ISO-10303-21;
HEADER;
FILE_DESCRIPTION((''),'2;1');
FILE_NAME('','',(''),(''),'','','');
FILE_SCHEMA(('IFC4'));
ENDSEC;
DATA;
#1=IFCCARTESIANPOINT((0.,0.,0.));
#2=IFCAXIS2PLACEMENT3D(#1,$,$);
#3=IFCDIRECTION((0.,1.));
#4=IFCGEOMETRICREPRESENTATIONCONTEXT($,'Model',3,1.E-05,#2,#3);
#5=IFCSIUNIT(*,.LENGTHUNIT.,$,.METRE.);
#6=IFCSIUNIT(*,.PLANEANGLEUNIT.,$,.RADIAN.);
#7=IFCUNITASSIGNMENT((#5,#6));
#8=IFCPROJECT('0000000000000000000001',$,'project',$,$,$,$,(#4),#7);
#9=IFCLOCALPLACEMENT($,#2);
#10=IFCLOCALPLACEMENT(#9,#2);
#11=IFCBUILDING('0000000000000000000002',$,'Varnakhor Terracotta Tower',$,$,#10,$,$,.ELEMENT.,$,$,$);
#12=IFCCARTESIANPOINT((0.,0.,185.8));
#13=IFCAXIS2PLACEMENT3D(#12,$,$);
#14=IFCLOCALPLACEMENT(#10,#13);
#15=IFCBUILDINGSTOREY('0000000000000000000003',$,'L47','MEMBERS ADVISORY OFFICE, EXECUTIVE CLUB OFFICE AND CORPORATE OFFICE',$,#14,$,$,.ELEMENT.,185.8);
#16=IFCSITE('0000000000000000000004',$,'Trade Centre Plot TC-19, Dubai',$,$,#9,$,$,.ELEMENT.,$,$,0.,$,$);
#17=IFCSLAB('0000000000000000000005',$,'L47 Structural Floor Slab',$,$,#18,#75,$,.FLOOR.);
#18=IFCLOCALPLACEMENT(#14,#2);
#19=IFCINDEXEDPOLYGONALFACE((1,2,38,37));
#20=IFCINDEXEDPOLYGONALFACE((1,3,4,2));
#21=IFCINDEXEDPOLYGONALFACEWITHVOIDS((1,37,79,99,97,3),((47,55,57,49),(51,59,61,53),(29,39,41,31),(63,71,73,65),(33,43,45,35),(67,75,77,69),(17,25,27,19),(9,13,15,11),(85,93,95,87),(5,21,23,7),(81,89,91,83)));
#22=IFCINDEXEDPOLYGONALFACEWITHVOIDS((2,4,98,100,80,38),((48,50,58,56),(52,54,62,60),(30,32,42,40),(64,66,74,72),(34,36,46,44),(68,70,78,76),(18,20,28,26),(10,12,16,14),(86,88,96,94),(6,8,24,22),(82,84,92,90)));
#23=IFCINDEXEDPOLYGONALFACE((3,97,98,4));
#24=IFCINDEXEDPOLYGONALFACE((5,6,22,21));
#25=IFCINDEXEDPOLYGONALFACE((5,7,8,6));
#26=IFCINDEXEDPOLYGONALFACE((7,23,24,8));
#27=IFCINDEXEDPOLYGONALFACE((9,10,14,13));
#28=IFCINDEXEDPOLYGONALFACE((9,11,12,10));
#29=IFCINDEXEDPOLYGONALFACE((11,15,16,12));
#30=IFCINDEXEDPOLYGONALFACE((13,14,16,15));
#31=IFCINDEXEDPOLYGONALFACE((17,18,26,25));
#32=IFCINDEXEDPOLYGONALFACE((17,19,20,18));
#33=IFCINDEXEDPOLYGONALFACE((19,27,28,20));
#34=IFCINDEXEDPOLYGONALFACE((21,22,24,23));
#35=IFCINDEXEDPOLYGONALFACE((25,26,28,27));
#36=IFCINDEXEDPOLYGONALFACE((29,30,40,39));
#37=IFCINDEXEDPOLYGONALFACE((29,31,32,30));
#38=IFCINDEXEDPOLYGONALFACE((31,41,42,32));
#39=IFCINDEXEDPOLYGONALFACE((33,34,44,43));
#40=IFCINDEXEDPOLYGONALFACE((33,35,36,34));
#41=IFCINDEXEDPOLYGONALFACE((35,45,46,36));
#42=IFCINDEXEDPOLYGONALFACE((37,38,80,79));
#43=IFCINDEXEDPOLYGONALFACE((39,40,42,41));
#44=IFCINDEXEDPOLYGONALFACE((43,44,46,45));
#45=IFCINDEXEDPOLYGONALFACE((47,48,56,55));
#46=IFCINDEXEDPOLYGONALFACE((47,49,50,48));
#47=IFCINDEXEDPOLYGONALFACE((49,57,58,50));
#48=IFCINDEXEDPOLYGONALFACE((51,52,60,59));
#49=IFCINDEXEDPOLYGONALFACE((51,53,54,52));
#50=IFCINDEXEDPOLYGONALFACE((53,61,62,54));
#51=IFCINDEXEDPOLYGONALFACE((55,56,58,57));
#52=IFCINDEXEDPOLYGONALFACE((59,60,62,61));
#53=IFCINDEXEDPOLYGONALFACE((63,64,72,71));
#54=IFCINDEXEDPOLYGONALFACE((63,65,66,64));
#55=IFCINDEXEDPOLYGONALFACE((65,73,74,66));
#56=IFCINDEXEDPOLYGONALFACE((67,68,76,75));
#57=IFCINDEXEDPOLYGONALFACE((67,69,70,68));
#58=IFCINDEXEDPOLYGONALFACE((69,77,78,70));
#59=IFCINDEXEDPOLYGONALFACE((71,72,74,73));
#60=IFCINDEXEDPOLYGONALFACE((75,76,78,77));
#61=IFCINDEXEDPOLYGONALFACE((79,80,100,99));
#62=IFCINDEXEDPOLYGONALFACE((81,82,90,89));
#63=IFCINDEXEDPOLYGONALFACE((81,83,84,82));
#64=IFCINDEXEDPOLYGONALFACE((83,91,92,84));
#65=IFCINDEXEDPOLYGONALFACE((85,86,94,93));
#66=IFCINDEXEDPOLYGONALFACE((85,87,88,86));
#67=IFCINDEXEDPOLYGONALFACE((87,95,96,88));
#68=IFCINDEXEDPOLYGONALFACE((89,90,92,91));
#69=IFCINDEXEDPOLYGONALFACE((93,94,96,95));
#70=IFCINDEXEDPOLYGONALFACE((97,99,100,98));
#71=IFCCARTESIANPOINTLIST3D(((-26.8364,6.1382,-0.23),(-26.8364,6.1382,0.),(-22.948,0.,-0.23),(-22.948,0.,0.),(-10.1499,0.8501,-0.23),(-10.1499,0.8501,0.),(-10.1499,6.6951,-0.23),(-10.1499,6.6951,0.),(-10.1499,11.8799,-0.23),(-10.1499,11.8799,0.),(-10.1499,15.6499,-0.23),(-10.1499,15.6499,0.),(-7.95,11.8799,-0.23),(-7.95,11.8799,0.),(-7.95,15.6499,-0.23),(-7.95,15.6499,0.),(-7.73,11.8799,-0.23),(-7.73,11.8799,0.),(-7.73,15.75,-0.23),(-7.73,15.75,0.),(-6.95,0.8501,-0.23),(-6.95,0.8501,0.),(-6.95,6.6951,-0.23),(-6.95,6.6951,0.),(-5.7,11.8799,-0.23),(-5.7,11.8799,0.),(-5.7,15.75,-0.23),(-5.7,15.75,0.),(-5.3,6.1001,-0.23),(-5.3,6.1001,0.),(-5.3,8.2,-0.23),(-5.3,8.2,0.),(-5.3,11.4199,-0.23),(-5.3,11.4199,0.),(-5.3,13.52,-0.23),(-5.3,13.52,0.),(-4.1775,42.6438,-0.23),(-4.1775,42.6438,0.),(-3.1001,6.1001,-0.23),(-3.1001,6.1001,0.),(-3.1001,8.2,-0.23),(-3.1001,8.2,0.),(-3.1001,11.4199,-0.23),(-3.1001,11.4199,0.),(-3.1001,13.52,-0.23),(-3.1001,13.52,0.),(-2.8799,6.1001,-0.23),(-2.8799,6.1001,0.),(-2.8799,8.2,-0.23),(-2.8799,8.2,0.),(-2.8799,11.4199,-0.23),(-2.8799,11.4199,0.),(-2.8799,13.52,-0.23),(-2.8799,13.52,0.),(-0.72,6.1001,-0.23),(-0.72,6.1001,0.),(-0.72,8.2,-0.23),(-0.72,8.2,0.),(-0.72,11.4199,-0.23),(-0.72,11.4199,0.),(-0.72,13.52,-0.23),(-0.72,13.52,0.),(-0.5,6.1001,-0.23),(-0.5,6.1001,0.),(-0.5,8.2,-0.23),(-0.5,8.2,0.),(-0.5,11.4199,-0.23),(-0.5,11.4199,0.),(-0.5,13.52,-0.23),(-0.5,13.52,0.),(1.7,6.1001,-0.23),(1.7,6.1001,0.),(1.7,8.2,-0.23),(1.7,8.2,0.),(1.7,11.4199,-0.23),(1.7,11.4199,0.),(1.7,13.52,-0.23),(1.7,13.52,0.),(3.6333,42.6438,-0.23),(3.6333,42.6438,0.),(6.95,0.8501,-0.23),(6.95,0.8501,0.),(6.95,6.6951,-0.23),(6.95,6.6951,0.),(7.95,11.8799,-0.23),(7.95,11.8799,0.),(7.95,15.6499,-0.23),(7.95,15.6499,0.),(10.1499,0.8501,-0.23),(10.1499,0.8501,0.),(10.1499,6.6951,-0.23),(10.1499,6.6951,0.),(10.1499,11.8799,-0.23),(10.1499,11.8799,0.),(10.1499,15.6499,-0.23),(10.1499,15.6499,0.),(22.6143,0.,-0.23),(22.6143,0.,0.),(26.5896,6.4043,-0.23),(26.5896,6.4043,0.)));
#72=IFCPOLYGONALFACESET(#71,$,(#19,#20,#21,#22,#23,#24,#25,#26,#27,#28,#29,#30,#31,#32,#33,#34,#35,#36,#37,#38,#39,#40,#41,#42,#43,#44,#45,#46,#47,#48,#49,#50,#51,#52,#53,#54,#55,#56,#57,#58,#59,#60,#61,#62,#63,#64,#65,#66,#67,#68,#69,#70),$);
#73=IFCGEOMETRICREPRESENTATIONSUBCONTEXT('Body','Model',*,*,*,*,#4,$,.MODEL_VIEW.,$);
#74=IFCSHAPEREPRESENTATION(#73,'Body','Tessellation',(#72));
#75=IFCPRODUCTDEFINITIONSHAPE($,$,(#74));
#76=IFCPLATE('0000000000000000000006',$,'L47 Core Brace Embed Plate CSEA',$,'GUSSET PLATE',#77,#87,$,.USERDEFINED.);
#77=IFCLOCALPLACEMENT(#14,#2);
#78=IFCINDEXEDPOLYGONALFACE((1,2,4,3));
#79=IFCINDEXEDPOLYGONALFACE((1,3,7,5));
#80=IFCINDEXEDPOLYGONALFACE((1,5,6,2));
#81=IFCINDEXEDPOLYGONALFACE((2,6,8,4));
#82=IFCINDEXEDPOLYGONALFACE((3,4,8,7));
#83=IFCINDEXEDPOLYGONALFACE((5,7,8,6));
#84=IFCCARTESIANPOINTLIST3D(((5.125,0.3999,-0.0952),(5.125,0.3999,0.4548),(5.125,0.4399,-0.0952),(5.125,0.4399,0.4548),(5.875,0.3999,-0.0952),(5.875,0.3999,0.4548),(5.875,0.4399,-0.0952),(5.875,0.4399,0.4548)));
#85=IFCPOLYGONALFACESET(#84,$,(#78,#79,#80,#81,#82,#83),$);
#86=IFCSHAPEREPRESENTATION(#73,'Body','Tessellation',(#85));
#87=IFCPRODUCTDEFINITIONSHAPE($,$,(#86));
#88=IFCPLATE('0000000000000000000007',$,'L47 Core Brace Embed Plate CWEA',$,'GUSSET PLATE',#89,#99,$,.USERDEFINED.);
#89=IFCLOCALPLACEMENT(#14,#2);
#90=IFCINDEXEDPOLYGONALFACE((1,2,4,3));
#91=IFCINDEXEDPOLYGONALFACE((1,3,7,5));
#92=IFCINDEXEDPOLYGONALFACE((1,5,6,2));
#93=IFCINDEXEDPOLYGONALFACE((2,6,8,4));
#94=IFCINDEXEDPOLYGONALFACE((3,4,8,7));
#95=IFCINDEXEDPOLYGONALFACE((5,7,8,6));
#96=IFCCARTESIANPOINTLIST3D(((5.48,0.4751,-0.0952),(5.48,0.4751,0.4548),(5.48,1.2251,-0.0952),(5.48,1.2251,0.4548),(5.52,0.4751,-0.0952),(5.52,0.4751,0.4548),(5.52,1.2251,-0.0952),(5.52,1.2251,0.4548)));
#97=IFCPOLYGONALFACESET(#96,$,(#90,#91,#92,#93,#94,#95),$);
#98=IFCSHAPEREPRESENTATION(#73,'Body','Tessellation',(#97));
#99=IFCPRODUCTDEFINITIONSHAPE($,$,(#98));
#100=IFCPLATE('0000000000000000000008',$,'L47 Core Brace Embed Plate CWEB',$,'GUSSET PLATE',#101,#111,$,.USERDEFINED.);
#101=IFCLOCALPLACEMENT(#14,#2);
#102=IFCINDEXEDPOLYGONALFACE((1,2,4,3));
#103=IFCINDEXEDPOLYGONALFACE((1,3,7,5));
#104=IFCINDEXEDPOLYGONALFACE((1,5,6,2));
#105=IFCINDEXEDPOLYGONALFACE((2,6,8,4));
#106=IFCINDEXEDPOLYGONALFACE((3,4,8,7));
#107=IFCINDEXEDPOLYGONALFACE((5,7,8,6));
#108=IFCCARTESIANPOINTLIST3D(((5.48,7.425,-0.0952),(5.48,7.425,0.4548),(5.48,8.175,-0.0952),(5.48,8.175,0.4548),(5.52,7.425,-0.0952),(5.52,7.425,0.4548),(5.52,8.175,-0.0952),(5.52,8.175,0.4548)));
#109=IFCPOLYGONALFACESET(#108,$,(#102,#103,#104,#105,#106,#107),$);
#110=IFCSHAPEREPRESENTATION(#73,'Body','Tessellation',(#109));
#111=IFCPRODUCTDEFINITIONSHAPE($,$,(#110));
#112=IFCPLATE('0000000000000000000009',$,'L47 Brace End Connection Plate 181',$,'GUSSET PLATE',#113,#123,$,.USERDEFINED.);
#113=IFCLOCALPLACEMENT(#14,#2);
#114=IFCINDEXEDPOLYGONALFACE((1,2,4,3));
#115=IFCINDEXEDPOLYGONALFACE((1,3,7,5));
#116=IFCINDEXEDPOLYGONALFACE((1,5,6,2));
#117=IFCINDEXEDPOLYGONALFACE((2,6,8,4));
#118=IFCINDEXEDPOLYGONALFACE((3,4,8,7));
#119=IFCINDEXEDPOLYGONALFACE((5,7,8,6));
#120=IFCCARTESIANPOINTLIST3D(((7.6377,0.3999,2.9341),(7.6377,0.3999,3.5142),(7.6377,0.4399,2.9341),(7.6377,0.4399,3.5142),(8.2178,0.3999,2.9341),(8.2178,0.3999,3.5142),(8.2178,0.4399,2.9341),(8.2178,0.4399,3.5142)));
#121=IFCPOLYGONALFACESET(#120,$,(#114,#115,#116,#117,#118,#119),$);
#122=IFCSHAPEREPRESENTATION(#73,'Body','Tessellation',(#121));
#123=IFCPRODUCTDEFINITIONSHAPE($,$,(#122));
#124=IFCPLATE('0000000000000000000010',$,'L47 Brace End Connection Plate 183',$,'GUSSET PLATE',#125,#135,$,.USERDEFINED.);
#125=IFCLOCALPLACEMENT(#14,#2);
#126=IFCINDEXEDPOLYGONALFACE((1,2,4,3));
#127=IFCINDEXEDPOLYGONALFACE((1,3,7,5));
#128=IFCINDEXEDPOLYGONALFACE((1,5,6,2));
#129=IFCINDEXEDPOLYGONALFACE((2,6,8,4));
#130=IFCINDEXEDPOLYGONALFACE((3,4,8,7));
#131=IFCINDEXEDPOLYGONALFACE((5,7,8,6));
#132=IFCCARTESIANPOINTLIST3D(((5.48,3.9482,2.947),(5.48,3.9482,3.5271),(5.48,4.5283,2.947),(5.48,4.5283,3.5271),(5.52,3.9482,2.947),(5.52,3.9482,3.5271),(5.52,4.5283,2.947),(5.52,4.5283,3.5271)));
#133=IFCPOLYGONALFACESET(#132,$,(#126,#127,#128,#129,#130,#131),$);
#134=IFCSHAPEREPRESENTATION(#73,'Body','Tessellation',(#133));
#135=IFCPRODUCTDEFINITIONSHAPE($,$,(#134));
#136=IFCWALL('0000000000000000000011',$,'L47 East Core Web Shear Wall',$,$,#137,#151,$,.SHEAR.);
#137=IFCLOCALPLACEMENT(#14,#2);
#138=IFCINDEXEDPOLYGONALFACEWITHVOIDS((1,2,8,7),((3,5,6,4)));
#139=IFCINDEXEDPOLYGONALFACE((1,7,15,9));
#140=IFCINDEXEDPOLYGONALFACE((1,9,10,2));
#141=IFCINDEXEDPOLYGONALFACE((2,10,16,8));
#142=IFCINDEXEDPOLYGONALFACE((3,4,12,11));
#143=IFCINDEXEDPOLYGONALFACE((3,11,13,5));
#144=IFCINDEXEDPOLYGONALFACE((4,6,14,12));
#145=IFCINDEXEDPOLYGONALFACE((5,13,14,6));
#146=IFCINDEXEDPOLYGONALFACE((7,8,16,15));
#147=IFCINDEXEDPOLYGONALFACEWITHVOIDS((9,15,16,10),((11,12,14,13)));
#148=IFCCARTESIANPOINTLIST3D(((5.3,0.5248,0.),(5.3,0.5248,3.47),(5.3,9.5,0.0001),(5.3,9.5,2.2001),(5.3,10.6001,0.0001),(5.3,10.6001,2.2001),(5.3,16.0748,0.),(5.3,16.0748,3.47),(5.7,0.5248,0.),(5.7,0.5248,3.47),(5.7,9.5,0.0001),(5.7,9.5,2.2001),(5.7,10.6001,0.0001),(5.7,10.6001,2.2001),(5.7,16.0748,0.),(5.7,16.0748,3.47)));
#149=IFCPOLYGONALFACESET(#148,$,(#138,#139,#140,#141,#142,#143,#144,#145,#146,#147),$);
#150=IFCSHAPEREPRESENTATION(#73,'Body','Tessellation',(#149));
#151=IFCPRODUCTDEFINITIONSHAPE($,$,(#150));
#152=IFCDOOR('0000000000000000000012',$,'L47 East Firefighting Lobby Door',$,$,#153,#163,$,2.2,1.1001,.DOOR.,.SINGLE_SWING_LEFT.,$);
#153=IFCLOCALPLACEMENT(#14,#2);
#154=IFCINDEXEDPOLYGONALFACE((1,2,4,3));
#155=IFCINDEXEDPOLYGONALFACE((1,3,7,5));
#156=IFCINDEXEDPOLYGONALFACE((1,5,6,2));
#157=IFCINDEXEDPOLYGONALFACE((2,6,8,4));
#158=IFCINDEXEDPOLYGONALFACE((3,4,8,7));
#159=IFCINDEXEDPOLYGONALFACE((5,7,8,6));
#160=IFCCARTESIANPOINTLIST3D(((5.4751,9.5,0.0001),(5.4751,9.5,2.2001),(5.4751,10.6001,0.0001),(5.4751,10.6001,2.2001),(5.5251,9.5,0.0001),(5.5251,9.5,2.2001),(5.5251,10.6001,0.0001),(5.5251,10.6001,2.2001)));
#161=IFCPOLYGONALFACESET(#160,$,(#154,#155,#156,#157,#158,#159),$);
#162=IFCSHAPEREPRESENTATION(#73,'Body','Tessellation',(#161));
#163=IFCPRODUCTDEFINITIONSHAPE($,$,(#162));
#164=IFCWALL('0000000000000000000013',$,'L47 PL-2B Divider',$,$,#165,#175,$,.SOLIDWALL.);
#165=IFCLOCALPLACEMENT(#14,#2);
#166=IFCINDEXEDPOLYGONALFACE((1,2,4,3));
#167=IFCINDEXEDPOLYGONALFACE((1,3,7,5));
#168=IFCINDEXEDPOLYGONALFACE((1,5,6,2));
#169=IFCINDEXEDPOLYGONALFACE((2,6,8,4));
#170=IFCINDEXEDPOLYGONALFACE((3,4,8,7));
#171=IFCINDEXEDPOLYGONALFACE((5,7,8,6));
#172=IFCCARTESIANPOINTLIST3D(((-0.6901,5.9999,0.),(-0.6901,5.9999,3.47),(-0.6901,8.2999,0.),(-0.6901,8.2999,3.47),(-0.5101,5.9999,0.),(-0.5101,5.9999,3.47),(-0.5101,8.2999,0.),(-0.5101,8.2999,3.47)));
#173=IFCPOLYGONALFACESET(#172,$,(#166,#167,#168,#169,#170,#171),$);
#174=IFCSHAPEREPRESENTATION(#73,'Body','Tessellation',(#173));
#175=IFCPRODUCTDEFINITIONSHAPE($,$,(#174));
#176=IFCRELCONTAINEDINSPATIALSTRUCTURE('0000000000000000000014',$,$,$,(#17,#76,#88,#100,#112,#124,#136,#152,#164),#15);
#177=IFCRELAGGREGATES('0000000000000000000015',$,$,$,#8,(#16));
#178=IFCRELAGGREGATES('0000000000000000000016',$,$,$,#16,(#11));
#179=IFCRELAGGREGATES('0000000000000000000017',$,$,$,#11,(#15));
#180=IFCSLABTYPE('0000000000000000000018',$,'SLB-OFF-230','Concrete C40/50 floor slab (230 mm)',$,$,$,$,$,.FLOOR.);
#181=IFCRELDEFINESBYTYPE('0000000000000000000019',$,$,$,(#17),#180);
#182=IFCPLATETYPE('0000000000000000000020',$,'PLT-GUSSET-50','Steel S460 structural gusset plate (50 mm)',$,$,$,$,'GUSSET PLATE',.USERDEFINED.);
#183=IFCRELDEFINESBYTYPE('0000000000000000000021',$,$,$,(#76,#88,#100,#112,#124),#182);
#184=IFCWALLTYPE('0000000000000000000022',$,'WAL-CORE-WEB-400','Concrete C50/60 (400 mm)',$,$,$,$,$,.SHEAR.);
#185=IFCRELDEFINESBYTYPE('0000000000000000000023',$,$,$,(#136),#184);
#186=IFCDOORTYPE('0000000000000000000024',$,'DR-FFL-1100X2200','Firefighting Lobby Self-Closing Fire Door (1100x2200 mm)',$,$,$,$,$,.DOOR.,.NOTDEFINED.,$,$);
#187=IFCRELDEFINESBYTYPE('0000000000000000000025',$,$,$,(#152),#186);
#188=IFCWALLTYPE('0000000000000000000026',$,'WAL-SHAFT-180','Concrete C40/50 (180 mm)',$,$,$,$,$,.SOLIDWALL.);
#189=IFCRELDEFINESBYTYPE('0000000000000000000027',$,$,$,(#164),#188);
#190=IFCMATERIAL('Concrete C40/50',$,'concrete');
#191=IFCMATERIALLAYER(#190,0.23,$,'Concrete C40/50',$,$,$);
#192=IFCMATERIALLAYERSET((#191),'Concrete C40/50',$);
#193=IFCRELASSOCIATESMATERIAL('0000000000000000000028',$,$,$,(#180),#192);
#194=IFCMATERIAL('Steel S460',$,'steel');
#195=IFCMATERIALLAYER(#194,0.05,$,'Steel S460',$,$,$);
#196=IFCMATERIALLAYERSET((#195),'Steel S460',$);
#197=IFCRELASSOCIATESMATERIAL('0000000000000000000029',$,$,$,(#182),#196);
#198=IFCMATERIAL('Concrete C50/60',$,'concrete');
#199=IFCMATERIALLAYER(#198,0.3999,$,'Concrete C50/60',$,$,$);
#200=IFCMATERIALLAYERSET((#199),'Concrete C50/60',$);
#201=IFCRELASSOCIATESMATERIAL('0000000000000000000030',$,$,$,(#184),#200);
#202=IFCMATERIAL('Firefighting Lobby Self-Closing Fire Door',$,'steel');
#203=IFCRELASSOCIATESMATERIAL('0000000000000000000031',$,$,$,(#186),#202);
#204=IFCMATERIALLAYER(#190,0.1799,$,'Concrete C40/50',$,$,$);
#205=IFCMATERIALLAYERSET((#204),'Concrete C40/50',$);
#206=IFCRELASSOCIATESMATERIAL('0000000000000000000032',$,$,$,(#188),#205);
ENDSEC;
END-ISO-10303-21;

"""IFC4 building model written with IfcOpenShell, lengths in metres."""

from ifc_helpers import new_model, si_unit, direction, frame, frame_2d, origin, origin_2d, place, context, subcontext, project, spatial, polyline, rectangle, outline, extrude, source, transform, mapped, material, layer, layer_set, type_object, type_shapes, element, fill, save


model = new_model("IFC4")

# Units and contexts
model_context = context("Model", 3, precision=1e-05, world=origin(), true_north=direction((0.0, 1.0)))
body_context = subcontext(model_context, "Body", "Model", "MODEL_VIEW")
ifc_project = project(units=[si_unit("LENGTHUNIT", "METRE"), si_unit("PLANEANGLEUNIT", "RADIAN")], contexts=[model_context])

# Site, building, storey
site_placement = place(None, origin())
site = spatial("IfcSite", under=ifc_project, at=site_placement, Name="Trade Centre Plot TC-19, Dubai", CompositionType="ELEMENT", RefElevation=0.0)
building_placement = place(site_placement, origin())
building = spatial("IfcBuilding", under=site, at=building_placement, Name="Varnakhor Terracotta Tower", CompositionType="ELEMENT")
storey_placement = place(building_placement, frame((0.0, 0.0, 185.8)))
storey = spatial("IfcBuildingStorey", under=building, at=storey_placement, Name="L47", Description="MEMBERS ADVISORY OFFICE, EXECUTIVE CLUB OFFICE AND CORPORATE OFFICE", CompositionType="ELEMENT", Elevation=185.8)

# Shared definitions
ifc_material_1 = material(Name="Concrete C50/60", Category="concrete")

# Shared definitions
ifc_material_2 = material(Name="Steel S460", Category="steel")

# Shared definitions
ifc_material_3 = material(Name="Concrete C40/50", Category="concrete")

# Slab
ifc_layer_1 = layer(ifc_material_3, 0.23, Name="Concrete C40/50")
ifc_layer_set_1 = layer_set([ifc_layer_1], Name="Concrete C40/50")
slab_type_1 = type_object("IfcSlabType", Name="SLB-OFF-230", Description="Concrete C40/50 floor slab (230 mm)", PredefinedType="FLOOR", material=ifc_layer_set_1)
slab_1_placement = place(storey_placement, frame((0.0, 0.0, -0.23)))
element("IfcSlab", 1, at=slab_1_placement, inside=storey, type_object=slab_type_1, Name="L47 Structural Floor Slab", PredefinedType="FLOOR", context=body_context, shape_type="SweptSolid", body=[
    extrude(outline(polyline([(-26.8364, 6.1382), (-4.1775, 42.6438), (3.6333, 42.6438), (26.5896, 6.4043), (22.6143, 0.0), (-22.948, 0.0), (-26.8364, 6.1382)]), holes=[polyline([(-6.95, 0.8501), (-6.95, 6.6951), (-10.1499, 6.6951), (-10.1499, 0.8501), (-6.95, 0.8501)]), polyline([(-3.1001, 6.1001), (-3.1001, 8.2), (-5.3, 8.2), (-5.3, 6.1001), (-3.1001, 6.1001)]), polyline([(-0.72, 6.1001), (-0.72, 8.2), (-2.8799, 8.2), (-2.8799, 6.1001), (-0.72, 6.1001)]), polyline([(-5.3, 11.4199), (-3.1001, 11.4199), (-3.1001, 13.52), (-5.3, 13.52), (-5.3, 11.4199)]), polyline([(-10.1499, 11.8799), (-7.95, 11.8799), (-7.95, 15.6499), (-10.1499, 15.6499), (-10.1499, 11.8799)]), polyline([(-5.7, 11.8799), (-5.7, 15.75), (-7.73, 15.75), (-7.73, 11.8799), (-5.7, 11.8799)]), polyline([(6.95, 0.8501), (10.1499, 0.8501), (10.1499, 6.6951), (6.95, 6.6951), (6.95, 0.8501)]), polyline([(-0.5, 6.1001), (1.7, 6.1001), (1.7, 8.2), (-0.5, 8.2), (-0.5, 6.1001)]), polyline([(-0.72, 11.4199), (-0.72, 13.52), (-2.8799, 13.52), (-2.8799, 11.4199), (-0.72, 11.4199)]), polyline([(-0.5, 11.4199), (1.7, 11.4199), (1.7, 13.52), (-0.5, 13.52), (-0.5, 11.4199)]), polyline([(7.95, 11.8799), (10.1499, 11.8799), (10.1499, 15.6499), (7.95, 15.6499), (7.95, 11.8799)])]), origin(), (0.0, 0.0, 1.0), 0.23),
])

# Plates
ifc_layer_2 = layer(ifc_material_2, 0.05, Name="Steel S460")
ifc_layer_set_2 = layer_set([ifc_layer_2], Name="Steel S460")
plate_type = type_object("IfcPlateType", Name="PLT-GUSSET-50", Description="Steel S460 structural gusset plate (50 mm)", ElementType="GUSSET PLATE", PredefinedType="USERDEFINED", material=ifc_layer_set_2)
shared_shape_1 = source(origin(), body_context, "Body", "SweptSolid", [
    extrude(rectangle(XDim=0.75, YDim=0.04, at=origin_2d()), origin(), (0.0, 0.0, 1.0), 0.55),
])
type_shapes(plate_type, [shared_shape_1])
for number, where, z_axis, x_axis, name in (
    (2, (5.5, 0.4199, -0.0952), (0.0, 0.0, 1.0), (1.0, 0.0, 0.0), "L47 Core Brace Embed Plate CSEA"),
    (3, (5.5, 0.8501, -0.0952), (0.0, 0.0, 1.0), (0.0, 1.0, 0.0), "L47 Core Brace Embed Plate CWEA"),
    (4, (5.5, 7.8, -0.0952), (0.0, 0.0, 1.0), (0.0, 1.0, 0.0), "L47 Core Brace Embed Plate CWEB"),
):
    element("IfcPlate", number, at=place(storey_placement, frame(where, z_axis=z_axis, x_axis=x_axis)), inside=storey, type_object=plate_type, Name=name, ObjectType="GUSSET PLATE", PredefinedType="USERDEFINED", context=body_context, shape_type="MappedRepresentation", body=[
        mapped(shared_shape_1, transform((0.0, 0.0, 0.0), scale=1.0)),
    ])
shared_shape_2 = source(origin(), body_context, "Body", "SweptSolid", [
    extrude(rectangle(XDim=0.5801, YDim=0.04, at=origin_2d()), origin(), (0.0, 0.0, 1.0), 0.5801),
])
for number, where, z_axis, x_axis, name in (
    (5, (7.9277, 0.4199, 2.9341), (0.0, 0.0, 1.0), (1.0, 0.0, 0.0), "L47 Brace End Connection Plate 181"),
    (6, (5.5, 4.2383, 2.947), (0.0, 0.0, 1.0), (0.0, 1.0, 0.0), "L47 Brace End Connection Plate 183"),
):
    element("IfcPlate", number, at=place(storey_placement, frame(where, z_axis=z_axis, x_axis=x_axis)), inside=storey, type_object=plate_type, Name=name, ObjectType="GUSSET PLATE", PredefinedType="USERDEFINED", context=body_context, shape_type="MappedRepresentation", body=[
        mapped(shared_shape_2, transform((0.0, 0.0, 0.0), scale=1.0)),
    ])

# Wall, opening, door
ifc_layer_3 = layer(ifc_material_1, 0.3999, Name="Concrete C50/60")
ifc_layer_set_3 = layer_set([ifc_layer_3], Name="Concrete C50/60")
wall_type_1 = type_object("IfcWallType", Name="WAL-CORE-WEB-400", Description="Concrete C50/60 (400 mm)", PredefinedType="SHEAR", material=ifc_layer_set_3)
wall_1_placement = place(storey_placement, frame((5.5, 0.5249, 0.0), z_axis=(0.0, 0.0, 1.0), x_axis=(0.0, 1.0, 0.0)))
wall_1 = element("IfcWall", 7, at=wall_1_placement, inside=storey, type_object=wall_type_1, Name="L47 East Core Web Shear Wall", PredefinedType="SHEAR", context=body_context, shape_type="SweptSolid", body=[
    extrude(rectangle(XDim=15.55, YDim=0.3999, at=frame_2d((7.7749, 0.0))), origin(), (0.0, 0.0, 1.0), 3.47),
])
opening_1_placement = place(wall_1_placement, frame((8.9751, 0.0, 0.0)))
opening_1 = element("IfcOpeningElement", 8, at=opening_1_placement, cuts=wall_1, PredefinedType="OPENING", context=body_context, shape_type="SweptSolid", body=[
    extrude(rectangle(XDim=1.1001, YDim=2.2, at=frame_2d((0.55, 1.1001))), frame((0.0, 0.21, 0.0), z_axis=(0.0, -1.0, 0.0), x_axis=(1.0, 0.0, 0.0)), (0.0, 0.0, 1.0), 0.4199),
])
ifc_material_4 = material(Name="Firefighting Lobby Self-Closing Fire Door", Category="steel")
door_type_1 = type_object("IfcDoorType", Name="DR-FFL-1100X2200", Description="Firefighting Lobby Self-Closing Fire Door (1100x2200 mm)", OperationType="NOTDEFINED", PredefinedType="DOOR", material=ifc_material_4)
shared_shape_3 = source(origin(), body_context, "Body", "SweptSolid", [
    extrude(rectangle(XDim=1.1001, YDim=2.2, at=frame_2d((0.55, 1.1001))), frame((0.0, 0.0249, 0.0), z_axis=(0.0, -1.0, 0.0), x_axis=(1.0, 0.0, 0.0)), (0.0, 0.0, 1.0), 0.05),
])
type_shapes(door_type_1, [shared_shape_3])
door_1_placement = place(opening_1_placement, origin())
door_1 = element("IfcDoor", 9, at=door_1_placement, inside=storey, type_object=door_type_1, Name="L47 East Firefighting Lobby Door", OperationType="SINGLE_SWING_LEFT", OverallHeight=2.2, OverallWidth=1.1001, PredefinedType="DOOR", context=body_context, shape_type="MappedRepresentation", body=[
    mapped(shared_shape_3, transform((0.0, 0.0, 0.0), scale=1.0)),
])
fill(opening_1, door_1)

# Wall
ifc_layer_4 = layer(ifc_material_3, 0.1799, Name="Concrete C40/50")
ifc_layer_set_4 = layer_set([ifc_layer_4], Name="Concrete C40/50")
wall_type_2 = type_object("IfcWallType", Name="WAL-SHAFT-180", Description="Concrete C40/50 (180 mm)", PredefinedType="SOLIDWALL", material=ifc_layer_set_4)
wall_2_placement = place(storey_placement, frame((-0.6001, 6.0, 0.0), z_axis=(0.0, 0.0, 1.0), x_axis=(0.0, 1.0, 0.0)))
element("IfcWall", 10, at=wall_2_placement, inside=storey, type_object=wall_type_2, Name="L47 PL-2B Divider", PredefinedType="SOLIDWALL", context=body_context, shape_type="SweptSolid", body=[
    extrude(rectangle(XDim=2.3, YDim=0.1799, at=frame_2d((1.1499, 0.0))), origin(), (0.0, 0.0, 1.0), 3.47),
])

save(model, "model.ifc")
